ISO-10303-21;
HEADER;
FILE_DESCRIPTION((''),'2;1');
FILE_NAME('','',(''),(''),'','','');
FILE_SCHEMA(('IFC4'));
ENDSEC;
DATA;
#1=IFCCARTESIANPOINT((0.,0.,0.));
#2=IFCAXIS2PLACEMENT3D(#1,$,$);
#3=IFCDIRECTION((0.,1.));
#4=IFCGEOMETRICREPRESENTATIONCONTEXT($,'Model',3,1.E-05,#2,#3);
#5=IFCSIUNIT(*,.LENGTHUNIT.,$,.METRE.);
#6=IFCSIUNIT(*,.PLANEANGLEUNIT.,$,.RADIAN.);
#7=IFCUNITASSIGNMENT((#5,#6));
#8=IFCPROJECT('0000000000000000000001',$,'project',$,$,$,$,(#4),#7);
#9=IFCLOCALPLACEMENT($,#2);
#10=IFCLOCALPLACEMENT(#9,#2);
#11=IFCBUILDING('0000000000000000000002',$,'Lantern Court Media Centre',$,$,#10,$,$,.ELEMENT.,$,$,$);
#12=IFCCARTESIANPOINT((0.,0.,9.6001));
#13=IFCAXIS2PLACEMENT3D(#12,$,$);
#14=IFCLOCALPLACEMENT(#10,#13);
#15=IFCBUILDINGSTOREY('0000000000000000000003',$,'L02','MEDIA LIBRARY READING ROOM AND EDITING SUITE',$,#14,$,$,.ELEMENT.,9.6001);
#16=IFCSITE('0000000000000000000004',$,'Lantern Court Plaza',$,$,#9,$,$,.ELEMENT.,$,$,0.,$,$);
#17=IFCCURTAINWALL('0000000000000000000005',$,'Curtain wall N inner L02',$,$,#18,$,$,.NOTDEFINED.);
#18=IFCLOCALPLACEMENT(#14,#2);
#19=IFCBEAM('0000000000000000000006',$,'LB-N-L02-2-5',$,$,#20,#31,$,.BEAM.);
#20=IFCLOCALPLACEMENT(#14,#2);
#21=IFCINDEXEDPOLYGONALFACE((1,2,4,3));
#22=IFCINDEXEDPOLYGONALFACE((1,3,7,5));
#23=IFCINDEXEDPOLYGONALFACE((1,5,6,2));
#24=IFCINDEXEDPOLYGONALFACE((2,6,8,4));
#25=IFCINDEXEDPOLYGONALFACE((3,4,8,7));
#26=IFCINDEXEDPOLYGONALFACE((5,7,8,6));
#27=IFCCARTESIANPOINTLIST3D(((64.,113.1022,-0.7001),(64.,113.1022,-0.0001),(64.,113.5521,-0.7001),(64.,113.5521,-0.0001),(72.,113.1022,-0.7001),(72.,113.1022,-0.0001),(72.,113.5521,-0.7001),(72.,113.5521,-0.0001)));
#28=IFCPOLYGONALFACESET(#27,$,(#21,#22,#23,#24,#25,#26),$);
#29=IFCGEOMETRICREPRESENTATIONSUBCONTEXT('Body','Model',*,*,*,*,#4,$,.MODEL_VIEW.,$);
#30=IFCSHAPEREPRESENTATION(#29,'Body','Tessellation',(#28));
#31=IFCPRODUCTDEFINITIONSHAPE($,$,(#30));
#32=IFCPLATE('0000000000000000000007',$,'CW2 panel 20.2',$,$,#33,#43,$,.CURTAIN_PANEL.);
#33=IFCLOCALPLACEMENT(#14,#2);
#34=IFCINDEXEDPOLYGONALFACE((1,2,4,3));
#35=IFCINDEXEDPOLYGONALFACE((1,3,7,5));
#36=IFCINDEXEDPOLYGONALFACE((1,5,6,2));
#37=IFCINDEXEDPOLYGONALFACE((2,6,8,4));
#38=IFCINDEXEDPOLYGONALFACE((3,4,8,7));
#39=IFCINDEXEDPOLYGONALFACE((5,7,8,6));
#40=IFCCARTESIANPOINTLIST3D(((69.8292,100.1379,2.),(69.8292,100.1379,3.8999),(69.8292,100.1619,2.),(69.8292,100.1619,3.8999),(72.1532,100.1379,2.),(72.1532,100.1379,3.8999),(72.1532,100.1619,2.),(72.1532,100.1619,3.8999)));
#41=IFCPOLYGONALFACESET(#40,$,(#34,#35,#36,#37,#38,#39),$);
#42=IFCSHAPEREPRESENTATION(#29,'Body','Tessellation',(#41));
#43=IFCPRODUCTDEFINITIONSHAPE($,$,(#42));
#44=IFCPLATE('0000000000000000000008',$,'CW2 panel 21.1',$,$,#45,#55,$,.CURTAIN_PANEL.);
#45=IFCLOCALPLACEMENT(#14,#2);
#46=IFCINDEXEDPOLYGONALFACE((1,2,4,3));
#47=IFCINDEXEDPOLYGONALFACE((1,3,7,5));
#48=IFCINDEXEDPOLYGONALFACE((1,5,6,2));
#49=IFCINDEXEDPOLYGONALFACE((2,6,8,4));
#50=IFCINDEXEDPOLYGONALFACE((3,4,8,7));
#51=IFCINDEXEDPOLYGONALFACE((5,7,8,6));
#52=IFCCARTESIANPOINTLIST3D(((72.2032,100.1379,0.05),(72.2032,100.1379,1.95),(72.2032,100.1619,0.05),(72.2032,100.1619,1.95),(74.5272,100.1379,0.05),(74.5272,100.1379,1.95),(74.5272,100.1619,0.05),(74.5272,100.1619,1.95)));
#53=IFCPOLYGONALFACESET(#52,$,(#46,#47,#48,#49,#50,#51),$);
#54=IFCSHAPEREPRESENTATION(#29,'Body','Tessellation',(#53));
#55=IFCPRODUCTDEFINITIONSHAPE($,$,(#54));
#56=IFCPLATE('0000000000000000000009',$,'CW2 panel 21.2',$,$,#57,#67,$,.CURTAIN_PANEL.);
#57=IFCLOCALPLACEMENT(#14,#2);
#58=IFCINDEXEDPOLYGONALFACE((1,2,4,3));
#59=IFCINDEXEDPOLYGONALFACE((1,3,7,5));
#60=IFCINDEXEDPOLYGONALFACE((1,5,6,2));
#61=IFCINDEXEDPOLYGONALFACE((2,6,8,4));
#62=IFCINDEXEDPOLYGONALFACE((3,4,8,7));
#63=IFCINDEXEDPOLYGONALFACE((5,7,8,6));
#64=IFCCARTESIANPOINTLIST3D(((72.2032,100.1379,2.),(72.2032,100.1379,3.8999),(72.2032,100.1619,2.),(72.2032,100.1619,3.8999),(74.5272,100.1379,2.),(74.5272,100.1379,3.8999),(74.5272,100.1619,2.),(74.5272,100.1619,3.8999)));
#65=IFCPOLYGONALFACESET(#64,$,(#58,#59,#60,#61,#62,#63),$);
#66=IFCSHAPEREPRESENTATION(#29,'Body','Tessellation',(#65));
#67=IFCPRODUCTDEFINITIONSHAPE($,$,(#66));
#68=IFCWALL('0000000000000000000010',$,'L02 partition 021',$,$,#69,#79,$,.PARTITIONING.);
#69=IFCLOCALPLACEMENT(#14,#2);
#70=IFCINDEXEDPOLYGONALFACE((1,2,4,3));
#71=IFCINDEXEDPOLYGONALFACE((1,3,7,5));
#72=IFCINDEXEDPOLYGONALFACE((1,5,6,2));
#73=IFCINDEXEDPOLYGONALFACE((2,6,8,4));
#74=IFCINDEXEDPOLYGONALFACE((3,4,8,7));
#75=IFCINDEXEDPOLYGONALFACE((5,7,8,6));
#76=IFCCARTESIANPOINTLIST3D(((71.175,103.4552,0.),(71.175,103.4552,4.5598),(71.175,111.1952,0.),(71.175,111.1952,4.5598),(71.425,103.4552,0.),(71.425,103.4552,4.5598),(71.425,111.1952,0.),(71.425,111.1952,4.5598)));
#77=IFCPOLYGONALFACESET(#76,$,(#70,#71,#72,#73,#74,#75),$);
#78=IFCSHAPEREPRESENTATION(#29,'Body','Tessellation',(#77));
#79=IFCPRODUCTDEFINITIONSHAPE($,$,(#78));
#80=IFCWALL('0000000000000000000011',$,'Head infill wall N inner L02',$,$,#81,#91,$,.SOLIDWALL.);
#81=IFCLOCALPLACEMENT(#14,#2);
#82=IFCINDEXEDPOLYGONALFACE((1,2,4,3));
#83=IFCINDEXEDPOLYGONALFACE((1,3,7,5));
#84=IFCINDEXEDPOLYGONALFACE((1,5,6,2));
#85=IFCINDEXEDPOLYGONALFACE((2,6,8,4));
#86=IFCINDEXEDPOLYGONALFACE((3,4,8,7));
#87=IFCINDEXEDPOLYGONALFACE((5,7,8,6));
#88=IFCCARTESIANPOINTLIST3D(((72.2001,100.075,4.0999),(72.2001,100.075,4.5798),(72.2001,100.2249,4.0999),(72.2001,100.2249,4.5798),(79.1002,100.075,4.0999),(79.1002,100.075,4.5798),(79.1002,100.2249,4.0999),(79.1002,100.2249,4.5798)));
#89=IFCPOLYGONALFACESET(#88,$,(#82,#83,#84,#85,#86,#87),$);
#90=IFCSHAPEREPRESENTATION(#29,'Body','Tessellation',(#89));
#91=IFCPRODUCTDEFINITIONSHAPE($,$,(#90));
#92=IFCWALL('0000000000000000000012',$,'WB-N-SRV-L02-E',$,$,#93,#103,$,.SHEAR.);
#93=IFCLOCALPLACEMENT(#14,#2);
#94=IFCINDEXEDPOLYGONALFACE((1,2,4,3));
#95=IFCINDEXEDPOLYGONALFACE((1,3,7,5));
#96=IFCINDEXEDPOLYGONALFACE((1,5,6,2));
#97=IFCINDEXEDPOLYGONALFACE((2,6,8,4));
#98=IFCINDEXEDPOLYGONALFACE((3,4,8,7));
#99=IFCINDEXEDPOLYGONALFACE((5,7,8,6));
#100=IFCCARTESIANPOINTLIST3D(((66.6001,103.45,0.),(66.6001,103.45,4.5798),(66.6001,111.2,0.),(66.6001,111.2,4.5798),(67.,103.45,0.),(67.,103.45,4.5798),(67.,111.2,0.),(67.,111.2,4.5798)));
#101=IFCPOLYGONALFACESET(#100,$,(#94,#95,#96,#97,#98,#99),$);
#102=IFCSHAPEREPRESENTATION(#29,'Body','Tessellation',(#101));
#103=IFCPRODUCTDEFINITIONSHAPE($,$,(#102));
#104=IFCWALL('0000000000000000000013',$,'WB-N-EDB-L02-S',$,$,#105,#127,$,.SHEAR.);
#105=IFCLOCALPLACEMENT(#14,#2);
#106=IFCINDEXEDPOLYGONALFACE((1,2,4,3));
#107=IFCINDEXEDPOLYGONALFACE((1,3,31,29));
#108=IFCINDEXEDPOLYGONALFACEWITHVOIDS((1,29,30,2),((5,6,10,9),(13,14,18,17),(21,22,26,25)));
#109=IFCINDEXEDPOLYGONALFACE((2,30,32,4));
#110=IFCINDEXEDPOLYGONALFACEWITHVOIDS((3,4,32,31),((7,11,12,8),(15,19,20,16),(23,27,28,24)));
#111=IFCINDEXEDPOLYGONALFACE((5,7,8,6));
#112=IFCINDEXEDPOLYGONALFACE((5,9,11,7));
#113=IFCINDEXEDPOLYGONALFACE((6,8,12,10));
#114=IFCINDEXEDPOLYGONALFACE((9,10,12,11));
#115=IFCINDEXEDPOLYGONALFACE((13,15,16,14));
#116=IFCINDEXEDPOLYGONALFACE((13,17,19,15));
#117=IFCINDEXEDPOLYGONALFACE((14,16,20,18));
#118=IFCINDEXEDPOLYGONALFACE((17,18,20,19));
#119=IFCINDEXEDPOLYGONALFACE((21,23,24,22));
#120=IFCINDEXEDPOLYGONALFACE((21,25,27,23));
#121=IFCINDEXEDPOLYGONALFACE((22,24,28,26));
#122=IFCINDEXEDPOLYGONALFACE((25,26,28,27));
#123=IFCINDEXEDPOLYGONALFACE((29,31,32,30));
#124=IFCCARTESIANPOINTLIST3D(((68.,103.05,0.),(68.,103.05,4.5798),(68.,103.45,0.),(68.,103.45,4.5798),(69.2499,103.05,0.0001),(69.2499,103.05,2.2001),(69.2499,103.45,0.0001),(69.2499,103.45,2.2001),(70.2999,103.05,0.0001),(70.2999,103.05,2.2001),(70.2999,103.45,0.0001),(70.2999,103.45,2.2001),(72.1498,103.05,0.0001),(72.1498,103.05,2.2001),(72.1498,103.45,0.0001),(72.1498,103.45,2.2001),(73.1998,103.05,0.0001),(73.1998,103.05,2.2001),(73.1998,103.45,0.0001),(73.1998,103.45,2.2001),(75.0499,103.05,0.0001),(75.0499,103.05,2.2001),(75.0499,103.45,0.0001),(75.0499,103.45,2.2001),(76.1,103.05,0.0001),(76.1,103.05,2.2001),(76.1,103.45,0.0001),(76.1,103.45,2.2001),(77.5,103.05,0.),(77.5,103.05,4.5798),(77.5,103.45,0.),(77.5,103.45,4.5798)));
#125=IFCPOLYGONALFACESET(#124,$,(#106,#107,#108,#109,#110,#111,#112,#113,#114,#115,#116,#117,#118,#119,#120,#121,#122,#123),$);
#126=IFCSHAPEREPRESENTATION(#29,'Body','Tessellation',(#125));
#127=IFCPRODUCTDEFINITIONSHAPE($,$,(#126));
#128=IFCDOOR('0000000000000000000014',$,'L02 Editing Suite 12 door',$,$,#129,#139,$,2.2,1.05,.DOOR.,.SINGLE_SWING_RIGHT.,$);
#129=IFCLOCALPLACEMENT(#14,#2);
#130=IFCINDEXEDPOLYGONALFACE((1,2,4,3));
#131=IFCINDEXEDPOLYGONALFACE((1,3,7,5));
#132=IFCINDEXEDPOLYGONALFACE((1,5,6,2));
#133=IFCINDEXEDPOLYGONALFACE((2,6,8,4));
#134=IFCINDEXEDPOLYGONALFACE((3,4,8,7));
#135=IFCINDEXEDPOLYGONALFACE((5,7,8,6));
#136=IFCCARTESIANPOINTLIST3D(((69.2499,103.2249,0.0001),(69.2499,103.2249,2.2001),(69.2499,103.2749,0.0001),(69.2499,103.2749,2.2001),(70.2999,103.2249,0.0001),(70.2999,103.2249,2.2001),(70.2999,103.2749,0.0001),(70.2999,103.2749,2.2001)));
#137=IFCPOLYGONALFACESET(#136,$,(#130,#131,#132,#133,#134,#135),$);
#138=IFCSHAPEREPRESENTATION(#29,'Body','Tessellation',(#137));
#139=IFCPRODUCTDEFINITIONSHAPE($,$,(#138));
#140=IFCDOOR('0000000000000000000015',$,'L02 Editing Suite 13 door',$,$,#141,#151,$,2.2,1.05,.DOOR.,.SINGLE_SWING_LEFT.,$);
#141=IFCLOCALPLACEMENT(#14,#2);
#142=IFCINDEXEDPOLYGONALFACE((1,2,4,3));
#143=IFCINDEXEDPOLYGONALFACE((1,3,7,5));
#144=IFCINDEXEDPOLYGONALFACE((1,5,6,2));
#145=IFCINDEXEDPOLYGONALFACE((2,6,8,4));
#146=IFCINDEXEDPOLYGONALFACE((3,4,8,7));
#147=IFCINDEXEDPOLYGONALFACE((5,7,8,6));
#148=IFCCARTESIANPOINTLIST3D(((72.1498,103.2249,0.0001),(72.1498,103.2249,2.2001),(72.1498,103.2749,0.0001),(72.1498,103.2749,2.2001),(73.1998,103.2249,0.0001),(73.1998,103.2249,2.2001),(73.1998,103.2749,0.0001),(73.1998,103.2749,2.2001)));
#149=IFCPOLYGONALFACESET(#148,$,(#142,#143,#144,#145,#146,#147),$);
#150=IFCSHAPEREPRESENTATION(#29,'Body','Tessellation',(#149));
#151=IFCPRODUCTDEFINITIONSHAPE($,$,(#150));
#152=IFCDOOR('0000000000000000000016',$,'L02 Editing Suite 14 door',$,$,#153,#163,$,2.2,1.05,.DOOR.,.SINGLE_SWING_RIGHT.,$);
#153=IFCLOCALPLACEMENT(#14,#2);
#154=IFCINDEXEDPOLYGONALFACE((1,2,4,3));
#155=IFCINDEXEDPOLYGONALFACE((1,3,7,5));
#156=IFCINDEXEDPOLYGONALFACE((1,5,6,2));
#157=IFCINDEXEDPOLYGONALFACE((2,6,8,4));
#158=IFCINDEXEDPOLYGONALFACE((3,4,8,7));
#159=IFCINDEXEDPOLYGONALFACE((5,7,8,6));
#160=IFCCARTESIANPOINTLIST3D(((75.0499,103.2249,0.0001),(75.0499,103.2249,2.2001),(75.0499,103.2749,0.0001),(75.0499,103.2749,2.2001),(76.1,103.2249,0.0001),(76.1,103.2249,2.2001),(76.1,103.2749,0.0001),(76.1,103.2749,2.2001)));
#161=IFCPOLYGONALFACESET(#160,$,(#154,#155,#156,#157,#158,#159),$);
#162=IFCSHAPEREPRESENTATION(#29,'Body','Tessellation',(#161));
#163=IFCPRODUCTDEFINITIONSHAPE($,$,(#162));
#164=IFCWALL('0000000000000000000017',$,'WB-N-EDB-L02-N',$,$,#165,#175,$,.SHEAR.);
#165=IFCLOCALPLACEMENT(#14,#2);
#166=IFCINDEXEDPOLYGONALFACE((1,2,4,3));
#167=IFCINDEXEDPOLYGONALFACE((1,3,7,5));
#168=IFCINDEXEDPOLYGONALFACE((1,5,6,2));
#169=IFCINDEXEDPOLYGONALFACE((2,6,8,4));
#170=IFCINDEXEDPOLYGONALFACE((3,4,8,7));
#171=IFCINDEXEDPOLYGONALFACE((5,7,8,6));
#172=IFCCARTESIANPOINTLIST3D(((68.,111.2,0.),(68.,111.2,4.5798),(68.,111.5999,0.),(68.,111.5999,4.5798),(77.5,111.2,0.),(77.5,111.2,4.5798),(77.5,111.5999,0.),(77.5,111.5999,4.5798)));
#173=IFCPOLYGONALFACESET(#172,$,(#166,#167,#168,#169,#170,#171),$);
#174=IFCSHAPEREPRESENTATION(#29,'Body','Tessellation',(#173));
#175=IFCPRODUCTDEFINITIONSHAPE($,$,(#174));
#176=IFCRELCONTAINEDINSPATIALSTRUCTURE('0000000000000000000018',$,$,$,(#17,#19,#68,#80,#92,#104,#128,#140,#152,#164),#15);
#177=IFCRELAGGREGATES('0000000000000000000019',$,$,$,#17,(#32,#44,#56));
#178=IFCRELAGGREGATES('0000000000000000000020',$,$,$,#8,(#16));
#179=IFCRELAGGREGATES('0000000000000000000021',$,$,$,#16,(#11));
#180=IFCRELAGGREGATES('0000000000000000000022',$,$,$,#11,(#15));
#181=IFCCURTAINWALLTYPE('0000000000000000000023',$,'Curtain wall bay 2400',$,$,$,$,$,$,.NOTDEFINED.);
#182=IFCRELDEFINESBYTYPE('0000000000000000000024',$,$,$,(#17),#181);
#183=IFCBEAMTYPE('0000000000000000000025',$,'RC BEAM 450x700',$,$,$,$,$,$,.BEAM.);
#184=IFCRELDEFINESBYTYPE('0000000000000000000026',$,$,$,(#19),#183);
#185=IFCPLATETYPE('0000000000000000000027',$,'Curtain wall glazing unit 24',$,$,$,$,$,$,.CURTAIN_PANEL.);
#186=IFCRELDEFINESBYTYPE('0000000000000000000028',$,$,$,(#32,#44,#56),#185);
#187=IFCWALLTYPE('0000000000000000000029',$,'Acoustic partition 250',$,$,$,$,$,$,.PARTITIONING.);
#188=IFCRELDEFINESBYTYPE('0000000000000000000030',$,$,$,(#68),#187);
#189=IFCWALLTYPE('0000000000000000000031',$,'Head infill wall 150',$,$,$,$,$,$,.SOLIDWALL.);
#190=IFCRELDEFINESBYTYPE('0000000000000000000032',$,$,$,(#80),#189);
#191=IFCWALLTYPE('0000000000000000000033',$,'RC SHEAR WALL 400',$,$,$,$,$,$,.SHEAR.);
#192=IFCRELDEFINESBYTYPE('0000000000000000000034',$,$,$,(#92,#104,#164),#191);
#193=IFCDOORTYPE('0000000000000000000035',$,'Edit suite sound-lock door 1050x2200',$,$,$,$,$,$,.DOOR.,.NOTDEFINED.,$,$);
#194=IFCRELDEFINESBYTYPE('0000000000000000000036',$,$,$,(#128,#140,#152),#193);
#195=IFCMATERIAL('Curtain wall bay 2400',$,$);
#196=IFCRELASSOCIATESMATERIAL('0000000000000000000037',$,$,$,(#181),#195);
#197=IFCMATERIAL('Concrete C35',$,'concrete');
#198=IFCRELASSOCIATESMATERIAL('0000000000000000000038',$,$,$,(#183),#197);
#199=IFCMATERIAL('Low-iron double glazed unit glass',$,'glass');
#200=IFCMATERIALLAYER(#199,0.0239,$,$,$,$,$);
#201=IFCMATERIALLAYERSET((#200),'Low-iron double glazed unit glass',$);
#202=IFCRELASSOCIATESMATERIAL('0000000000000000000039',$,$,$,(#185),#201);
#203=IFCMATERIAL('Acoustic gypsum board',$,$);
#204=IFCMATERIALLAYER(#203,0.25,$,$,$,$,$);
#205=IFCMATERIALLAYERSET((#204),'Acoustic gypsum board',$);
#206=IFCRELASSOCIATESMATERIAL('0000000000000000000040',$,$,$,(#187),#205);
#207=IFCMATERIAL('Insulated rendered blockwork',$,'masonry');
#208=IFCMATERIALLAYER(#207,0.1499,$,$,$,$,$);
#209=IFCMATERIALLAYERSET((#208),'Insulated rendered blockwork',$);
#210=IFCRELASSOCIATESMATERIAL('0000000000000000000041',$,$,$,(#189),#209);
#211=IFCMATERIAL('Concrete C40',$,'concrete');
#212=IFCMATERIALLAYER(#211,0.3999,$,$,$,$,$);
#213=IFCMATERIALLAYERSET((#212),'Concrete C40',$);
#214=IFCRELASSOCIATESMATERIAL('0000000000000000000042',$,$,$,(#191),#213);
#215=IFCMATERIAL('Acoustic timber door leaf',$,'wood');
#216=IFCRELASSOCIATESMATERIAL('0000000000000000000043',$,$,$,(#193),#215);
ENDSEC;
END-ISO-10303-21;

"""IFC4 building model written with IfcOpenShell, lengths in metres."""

from ifc_helpers import new_model, si_unit, direction, frame, frame_2d, origin, origin_2d, place, context, subcontext, project, spatial, rectangle, extrude, material, layer, layer_set, material_profile, profile_set, type_object, element, fill, aggregate, save


model = new_model("IFC4")

# Units and contexts
model_context = context("Model", 3, precision=1e-05, world=origin(), true_north=direction((0.0, 1.0)))
body_context = subcontext(model_context, "Body", "Model", "MODEL_VIEW")
ifc_project = project(units=[si_unit("LENGTHUNIT", "METRE"), si_unit("PLANEANGLEUNIT", "RADIAN")], contexts=[model_context])

# Site, building, storey
site_placement = place(None, origin())
site = spatial("IfcSite", under=ifc_project, at=site_placement, Name="Lantern Court Plaza", CompositionType="ELEMENT", RefElevation=0.0)
building_placement = place(site_placement, origin())
building = spatial("IfcBuilding", under=site, at=building_placement, Name="Lantern Court Media Centre", CompositionType="ELEMENT")
storey_placement = place(building_placement, frame((0.0, 0.0, 9.6001)))
storey = spatial("IfcBuildingStorey", under=building, at=storey_placement, Name="L02", Description="MEDIA LIBRARY READING ROOM AND EDITING SUITE", CompositionType="ELEMENT", Elevation=9.6001)

# Shared definitions
ifc_material_1 = material(Name="Concrete C35", Category="concrete")

# Curtain wall
ifc_material_2 = material(Name="Curtain wall bay 2400")
curtain_wall_type = type_object("IfcCurtainWallType", Name="Curtain wall bay 2400", PredefinedType="NOTDEFINED", material=ifc_material_2)
curtain_wall_placement = place(storey_placement, origin())
curtain_wall = element("IfcCurtainWall", 1, at=curtain_wall_placement, inside=storey, type_object=curtain_wall_type, Name="Curtain wall N inner L02", PredefinedType="NOTDEFINED")

# Beam
ifc_material_profile_1 = material_profile(ifc_material_1, rectangle(XDim=0.45, YDim=0.7, at=origin_2d()), Name="RC 450x700")
ifc_profile_set_1 = profile_set([ifc_material_profile_1], Name="Concrete C35")
beam_type_1 = type_object("IfcBeamType", Name="RC BEAM 450x700", PredefinedType="BEAM", material=ifc_profile_set_1)
beam_1_placement = place(storey_placement, frame((64.0, 113.3271, -0.3501), z_axis=(1.0, 0.0, 0.0), x_axis=(0.0, 1.0, 0.0)))
element("IfcBeam", 2, at=beam_1_placement, inside=storey, type_object=beam_type_1, Name="LB-N-L02-2-5", PredefinedType="BEAM", context=body_context, shape_type="SweptSolid", body=[
    extrude(rectangle(XDim=0.45, YDim=0.7, at=origin_2d()), origin(), (0.0, 0.0, 1.0), 8.0),
])

# Plates
ifc_material_3 = material(Name="Low-iron double glazed unit glass", Category="glass")
ifc_layer_1 = layer(ifc_material_3, 0.0239)
ifc_layer_set_1 = layer_set([ifc_layer_1], Name="Low-iron double glazed unit glass")
plate_type = type_object("IfcPlateType", Name="Curtain wall glazing unit 24", PredefinedType="CURTAIN_PANEL", material=ifc_layer_set_1)
plate_1_placement = place(storey_placement, frame((70.9912, 100.1499, 2.0), z_axis=(0.0, 0.0, 1.0), x_axis=(1.0, 0.0, 0.0)))
plate_1 = element("IfcPlate", 3, at=plate_1_placement, type_object=plate_type, Name="CW2 panel 20.2", PredefinedType="CURTAIN_PANEL", context=body_context, shape_type="SweptSolid", body=[
    extrude(rectangle(XDim=2.324, YDim=0.0239, at=origin_2d()), origin(), (0.0, 0.0, 1.0), 1.8999),
])
plate_2_placement = place(storey_placement, frame((73.3652, 100.1499, 0.05), z_axis=(0.0, 0.0, 1.0), x_axis=(1.0, 0.0, 0.0)))
plate_2 = element("IfcPlate", 4, at=plate_2_placement, type_object=plate_type, Name="CW2 panel 21.1", PredefinedType="CURTAIN_PANEL", context=body_context, shape_type="SweptSolid", body=[
    extrude(rectangle(XDim=2.324, YDim=0.0239, at=origin_2d()), origin(), (0.0, 0.0, 1.0), 1.8999),
])
plate_3_placement = place(storey_placement, frame((73.3652, 100.1499, 2.0), z_axis=(0.0, 0.0, 1.0), x_axis=(1.0, 0.0, 0.0)))
plate_3 = element("IfcPlate", 5, at=plate_3_placement, type_object=plate_type, Name="CW2 panel 21.2", PredefinedType="CURTAIN_PANEL", context=body_context, shape_type="SweptSolid", body=[
    extrude(rectangle(XDim=2.324, YDim=0.0239, at=origin_2d()), origin(), (0.0, 0.0, 1.0), 1.8999),
])
aggregate(curtain_wall, [plate_1, plate_2, plate_3])

# Walls
ifc_material_4 = material(Name="Acoustic gypsum board")
ifc_layer_2 = layer(ifc_material_4, 0.25)
ifc_layer_set_2 = layer_set([ifc_layer_2], Name="Acoustic gypsum board")
wall_type_1 = type_object("IfcWallType", Name="Acoustic partition 250", PredefinedType="PARTITIONING", material=ifc_layer_set_2)
wall_1_placement = place(storey_placement, frame((71.3, 103.4551, 0.0), z_axis=(0.0, 0.0, 1.0), x_axis=(0.0, 1.0, 0.0)))
element("IfcWall", 6, at=wall_1_placement, inside=storey, type_object=wall_type_1, Name="L02 partition 021", PredefinedType="PARTITIONING", context=body_context, shape_type="SweptSolid", body=[
    extrude(rectangle(XDim=7.74, YDim=0.25, at=frame_2d((3.8701, 0.0))), origin(), (0.0, 0.0, 1.0), 4.5598),
])
ifc_material_5 = material(Name="Insulated rendered blockwork", Category="masonry")
ifc_layer_3 = layer(ifc_material_5, 0.1499)
ifc_layer_set_3 = layer_set([ifc_layer_3], Name="Insulated rendered blockwork")
wall_type_2 = type_object("IfcWallType", Name="Head infill wall 150", PredefinedType="SOLIDWALL", material=ifc_layer_set_3)
wall_2_placement = place(storey_placement, frame((72.2, 100.1499, 4.0999), z_axis=(0.0, 0.0, 1.0), x_axis=(1.0, 0.0, 0.0)))
element("IfcWall", 7, at=wall_2_placement, inside=storey, type_object=wall_type_2, Name="Head infill wall N inner L02", PredefinedType="SOLIDWALL", context=body_context, shape_type="SweptSolid", body=[
    extrude(rectangle(XDim=6.9001, YDim=0.1499, at=frame_2d((3.4502, 0.0))), origin(), (0.0, 0.0, 1.0), 0.48),
])
ifc_material_6 = material(Name="Concrete C40", Category="concrete")
ifc_layer_4 = layer(ifc_material_6, 0.3999)
ifc_layer_set_4 = layer_set([ifc_layer_4], Name="Concrete C40")
wall_type_3 = type_object("IfcWallType", Name="RC SHEAR WALL 400", PredefinedType="SHEAR", material=ifc_layer_set_4)
wall_3_placement = place(storey_placement, frame((66.8, 103.45, 0.0), z_axis=(0.0, 0.0, 1.0), x_axis=(0.0, 1.0, 0.0)))
element("IfcWall", 8, at=wall_3_placement, inside=storey, type_object=wall_type_3, Name="WB-N-SRV-L02-E", PredefinedType="SHEAR", context=body_context, shape_type="SweptSolid", body=[
    extrude(rectangle(XDim=7.75, YDim=0.3999, at=frame_2d((3.875, 0.0))), origin(), (0.0, 0.0, 1.0), 4.5798),
])

# Wall, openings, doors
wall_4_placement = place(storey_placement, frame((68.0, 103.25, 0.0), z_axis=(0.0, 0.0, 1.0), x_axis=(1.0, 0.0, 0.0)))
wall_4 = element("IfcWall", 9, at=wall_4_placement, inside=storey, type_object=wall_type_3, Name="WB-N-EDB-L02-S", PredefinedType="SHEAR", context=body_context, shape_type="SweptSolid", body=[
    extrude(rectangle(XDim=9.5, YDim=0.3999, at=frame_2d((4.75, 0.0))), origin(), (0.0, 0.0, 1.0), 4.5798),
])
opening_1_placement = place(wall_4_placement, frame((1.25, 0.0, 0.0)))
opening_1 = element("IfcOpeningElement", 10, at=opening_1_placement, cuts=wall_4, PredefinedType="OPENING", context=body_context, shape_type="SweptSolid", body=[
    extrude(rectangle(XDim=1.05, YDim=2.2, at=frame_2d((0.5249, 1.1001))), frame((0.0, 0.21, 0.0), z_axis=(0.0, -1.0, 0.0), x_axis=(1.0, 0.0, 0.0)), (0.0, 0.0, 1.0), 0.4199),
])
opening_2_placement = place(wall_4_placement, frame((4.1499, 0.0, 0.0)))
opening_2 = element("IfcOpeningElement", 11, at=opening_2_placement, cuts=wall_4, PredefinedType="OPENING", context=body_context, shape_type="SweptSolid", body=[
    extrude(rectangle(XDim=1.05, YDim=2.2, at=frame_2d((0.5249, 1.1001))), frame((0.0, 0.21, 0.0), z_axis=(0.0, -1.0, 0.0), x_axis=(1.0, 0.0, 0.0)), (0.0, 0.0, 1.0), 0.4199),
])
opening_3_placement = place(wall_4_placement, frame((7.05, 0.0, 0.0)))
opening_3 = element("IfcOpeningElement", 12, at=opening_3_placement, cuts=wall_4, PredefinedType="OPENING", context=body_context, shape_type="SweptSolid", body=[
    extrude(rectangle(XDim=1.05, YDim=2.2, at=frame_2d((0.5249, 1.1001))), frame((0.0, 0.21, 0.0), z_axis=(0.0, -1.0, 0.0), x_axis=(1.0, 0.0, 0.0)), (0.0, 0.0, 1.0), 0.4199),
])
ifc_material_7 = material(Name="Acoustic timber door leaf", Category="wood")
door_type = type_object("IfcDoorType", Name="Edit suite sound-lock door 1050x2200", OperationType="NOTDEFINED", PredefinedType="DOOR", material=ifc_material_7)
door_1_placement = place(opening_1_placement, origin())
door_1 = element("IfcDoor", 13, at=door_1_placement, inside=storey, type_object=door_type, Name="L02 Editing Suite 12 door", OperationType="SINGLE_SWING_RIGHT", OverallHeight=2.2, OverallWidth=1.05, PredefinedType="DOOR", context=body_context, shape_type="SweptSolid", body=[
    extrude(rectangle(XDim=1.05, YDim=2.2, at=frame_2d((0.5249, 1.1001))), frame((0.0, 0.0249, 0.0), z_axis=(0.0, -1.0, 0.0), x_axis=(1.0, 0.0, 0.0)), (0.0, 0.0, 1.0), 0.05),
])
fill(opening_1, door_1)
door_2_placement = place(opening_2_placement, origin())
door_2 = element("IfcDoor", 14, at=door_2_placement, inside=storey, type_object=door_type, Name="L02 Editing Suite 13 door", OperationType="SINGLE_SWING_LEFT", OverallHeight=2.2, OverallWidth=1.05, PredefinedType="DOOR", context=body_context, shape_type="SweptSolid", body=[
    extrude(rectangle(XDim=1.05, YDim=2.2, at=frame_2d((0.5249, 1.1001))), frame((0.0, 0.0249, 0.0), z_axis=(0.0, -1.0, 0.0), x_axis=(1.0, 0.0, 0.0)), (0.0, 0.0, 1.0), 0.05),
])
fill(opening_2, door_2)
door_3_placement = place(opening_3_placement, origin())
door_3 = element("IfcDoor", 15, at=door_3_placement, inside=storey, type_object=door_type, Name="L02 Editing Suite 14 door", OperationType="SINGLE_SWING_RIGHT", OverallHeight=2.2, OverallWidth=1.05, PredefinedType="DOOR", context=body_context, shape_type="SweptSolid", body=[
    extrude(rectangle(XDim=1.05, YDim=2.2, at=frame_2d((0.5249, 1.1001))), frame((0.0, 0.0249, 0.0), z_axis=(0.0, -1.0, 0.0), x_axis=(1.0, 0.0, 0.0)), (0.0, 0.0, 1.0), 0.05),
])
fill(opening_3, door_3)

# Wall
wall_5_placement = place(storey_placement, frame((68.0, 111.3999, 0.0), z_axis=(0.0, 0.0, 1.0), x_axis=(1.0, 0.0, 0.0)))
element("IfcWall", 16, at=wall_5_placement, inside=storey, type_object=wall_type_3, Name="WB-N-EDB-L02-N", PredefinedType="SHEAR", context=body_context, shape_type="SweptSolid", body=[
    extrude(rectangle(XDim=9.5, YDim=0.3999, at=frame_2d((4.75, 0.0))), origin(), (0.0, 0.0, 1.0), 4.5798),
])

save(model, "model.ifc")
